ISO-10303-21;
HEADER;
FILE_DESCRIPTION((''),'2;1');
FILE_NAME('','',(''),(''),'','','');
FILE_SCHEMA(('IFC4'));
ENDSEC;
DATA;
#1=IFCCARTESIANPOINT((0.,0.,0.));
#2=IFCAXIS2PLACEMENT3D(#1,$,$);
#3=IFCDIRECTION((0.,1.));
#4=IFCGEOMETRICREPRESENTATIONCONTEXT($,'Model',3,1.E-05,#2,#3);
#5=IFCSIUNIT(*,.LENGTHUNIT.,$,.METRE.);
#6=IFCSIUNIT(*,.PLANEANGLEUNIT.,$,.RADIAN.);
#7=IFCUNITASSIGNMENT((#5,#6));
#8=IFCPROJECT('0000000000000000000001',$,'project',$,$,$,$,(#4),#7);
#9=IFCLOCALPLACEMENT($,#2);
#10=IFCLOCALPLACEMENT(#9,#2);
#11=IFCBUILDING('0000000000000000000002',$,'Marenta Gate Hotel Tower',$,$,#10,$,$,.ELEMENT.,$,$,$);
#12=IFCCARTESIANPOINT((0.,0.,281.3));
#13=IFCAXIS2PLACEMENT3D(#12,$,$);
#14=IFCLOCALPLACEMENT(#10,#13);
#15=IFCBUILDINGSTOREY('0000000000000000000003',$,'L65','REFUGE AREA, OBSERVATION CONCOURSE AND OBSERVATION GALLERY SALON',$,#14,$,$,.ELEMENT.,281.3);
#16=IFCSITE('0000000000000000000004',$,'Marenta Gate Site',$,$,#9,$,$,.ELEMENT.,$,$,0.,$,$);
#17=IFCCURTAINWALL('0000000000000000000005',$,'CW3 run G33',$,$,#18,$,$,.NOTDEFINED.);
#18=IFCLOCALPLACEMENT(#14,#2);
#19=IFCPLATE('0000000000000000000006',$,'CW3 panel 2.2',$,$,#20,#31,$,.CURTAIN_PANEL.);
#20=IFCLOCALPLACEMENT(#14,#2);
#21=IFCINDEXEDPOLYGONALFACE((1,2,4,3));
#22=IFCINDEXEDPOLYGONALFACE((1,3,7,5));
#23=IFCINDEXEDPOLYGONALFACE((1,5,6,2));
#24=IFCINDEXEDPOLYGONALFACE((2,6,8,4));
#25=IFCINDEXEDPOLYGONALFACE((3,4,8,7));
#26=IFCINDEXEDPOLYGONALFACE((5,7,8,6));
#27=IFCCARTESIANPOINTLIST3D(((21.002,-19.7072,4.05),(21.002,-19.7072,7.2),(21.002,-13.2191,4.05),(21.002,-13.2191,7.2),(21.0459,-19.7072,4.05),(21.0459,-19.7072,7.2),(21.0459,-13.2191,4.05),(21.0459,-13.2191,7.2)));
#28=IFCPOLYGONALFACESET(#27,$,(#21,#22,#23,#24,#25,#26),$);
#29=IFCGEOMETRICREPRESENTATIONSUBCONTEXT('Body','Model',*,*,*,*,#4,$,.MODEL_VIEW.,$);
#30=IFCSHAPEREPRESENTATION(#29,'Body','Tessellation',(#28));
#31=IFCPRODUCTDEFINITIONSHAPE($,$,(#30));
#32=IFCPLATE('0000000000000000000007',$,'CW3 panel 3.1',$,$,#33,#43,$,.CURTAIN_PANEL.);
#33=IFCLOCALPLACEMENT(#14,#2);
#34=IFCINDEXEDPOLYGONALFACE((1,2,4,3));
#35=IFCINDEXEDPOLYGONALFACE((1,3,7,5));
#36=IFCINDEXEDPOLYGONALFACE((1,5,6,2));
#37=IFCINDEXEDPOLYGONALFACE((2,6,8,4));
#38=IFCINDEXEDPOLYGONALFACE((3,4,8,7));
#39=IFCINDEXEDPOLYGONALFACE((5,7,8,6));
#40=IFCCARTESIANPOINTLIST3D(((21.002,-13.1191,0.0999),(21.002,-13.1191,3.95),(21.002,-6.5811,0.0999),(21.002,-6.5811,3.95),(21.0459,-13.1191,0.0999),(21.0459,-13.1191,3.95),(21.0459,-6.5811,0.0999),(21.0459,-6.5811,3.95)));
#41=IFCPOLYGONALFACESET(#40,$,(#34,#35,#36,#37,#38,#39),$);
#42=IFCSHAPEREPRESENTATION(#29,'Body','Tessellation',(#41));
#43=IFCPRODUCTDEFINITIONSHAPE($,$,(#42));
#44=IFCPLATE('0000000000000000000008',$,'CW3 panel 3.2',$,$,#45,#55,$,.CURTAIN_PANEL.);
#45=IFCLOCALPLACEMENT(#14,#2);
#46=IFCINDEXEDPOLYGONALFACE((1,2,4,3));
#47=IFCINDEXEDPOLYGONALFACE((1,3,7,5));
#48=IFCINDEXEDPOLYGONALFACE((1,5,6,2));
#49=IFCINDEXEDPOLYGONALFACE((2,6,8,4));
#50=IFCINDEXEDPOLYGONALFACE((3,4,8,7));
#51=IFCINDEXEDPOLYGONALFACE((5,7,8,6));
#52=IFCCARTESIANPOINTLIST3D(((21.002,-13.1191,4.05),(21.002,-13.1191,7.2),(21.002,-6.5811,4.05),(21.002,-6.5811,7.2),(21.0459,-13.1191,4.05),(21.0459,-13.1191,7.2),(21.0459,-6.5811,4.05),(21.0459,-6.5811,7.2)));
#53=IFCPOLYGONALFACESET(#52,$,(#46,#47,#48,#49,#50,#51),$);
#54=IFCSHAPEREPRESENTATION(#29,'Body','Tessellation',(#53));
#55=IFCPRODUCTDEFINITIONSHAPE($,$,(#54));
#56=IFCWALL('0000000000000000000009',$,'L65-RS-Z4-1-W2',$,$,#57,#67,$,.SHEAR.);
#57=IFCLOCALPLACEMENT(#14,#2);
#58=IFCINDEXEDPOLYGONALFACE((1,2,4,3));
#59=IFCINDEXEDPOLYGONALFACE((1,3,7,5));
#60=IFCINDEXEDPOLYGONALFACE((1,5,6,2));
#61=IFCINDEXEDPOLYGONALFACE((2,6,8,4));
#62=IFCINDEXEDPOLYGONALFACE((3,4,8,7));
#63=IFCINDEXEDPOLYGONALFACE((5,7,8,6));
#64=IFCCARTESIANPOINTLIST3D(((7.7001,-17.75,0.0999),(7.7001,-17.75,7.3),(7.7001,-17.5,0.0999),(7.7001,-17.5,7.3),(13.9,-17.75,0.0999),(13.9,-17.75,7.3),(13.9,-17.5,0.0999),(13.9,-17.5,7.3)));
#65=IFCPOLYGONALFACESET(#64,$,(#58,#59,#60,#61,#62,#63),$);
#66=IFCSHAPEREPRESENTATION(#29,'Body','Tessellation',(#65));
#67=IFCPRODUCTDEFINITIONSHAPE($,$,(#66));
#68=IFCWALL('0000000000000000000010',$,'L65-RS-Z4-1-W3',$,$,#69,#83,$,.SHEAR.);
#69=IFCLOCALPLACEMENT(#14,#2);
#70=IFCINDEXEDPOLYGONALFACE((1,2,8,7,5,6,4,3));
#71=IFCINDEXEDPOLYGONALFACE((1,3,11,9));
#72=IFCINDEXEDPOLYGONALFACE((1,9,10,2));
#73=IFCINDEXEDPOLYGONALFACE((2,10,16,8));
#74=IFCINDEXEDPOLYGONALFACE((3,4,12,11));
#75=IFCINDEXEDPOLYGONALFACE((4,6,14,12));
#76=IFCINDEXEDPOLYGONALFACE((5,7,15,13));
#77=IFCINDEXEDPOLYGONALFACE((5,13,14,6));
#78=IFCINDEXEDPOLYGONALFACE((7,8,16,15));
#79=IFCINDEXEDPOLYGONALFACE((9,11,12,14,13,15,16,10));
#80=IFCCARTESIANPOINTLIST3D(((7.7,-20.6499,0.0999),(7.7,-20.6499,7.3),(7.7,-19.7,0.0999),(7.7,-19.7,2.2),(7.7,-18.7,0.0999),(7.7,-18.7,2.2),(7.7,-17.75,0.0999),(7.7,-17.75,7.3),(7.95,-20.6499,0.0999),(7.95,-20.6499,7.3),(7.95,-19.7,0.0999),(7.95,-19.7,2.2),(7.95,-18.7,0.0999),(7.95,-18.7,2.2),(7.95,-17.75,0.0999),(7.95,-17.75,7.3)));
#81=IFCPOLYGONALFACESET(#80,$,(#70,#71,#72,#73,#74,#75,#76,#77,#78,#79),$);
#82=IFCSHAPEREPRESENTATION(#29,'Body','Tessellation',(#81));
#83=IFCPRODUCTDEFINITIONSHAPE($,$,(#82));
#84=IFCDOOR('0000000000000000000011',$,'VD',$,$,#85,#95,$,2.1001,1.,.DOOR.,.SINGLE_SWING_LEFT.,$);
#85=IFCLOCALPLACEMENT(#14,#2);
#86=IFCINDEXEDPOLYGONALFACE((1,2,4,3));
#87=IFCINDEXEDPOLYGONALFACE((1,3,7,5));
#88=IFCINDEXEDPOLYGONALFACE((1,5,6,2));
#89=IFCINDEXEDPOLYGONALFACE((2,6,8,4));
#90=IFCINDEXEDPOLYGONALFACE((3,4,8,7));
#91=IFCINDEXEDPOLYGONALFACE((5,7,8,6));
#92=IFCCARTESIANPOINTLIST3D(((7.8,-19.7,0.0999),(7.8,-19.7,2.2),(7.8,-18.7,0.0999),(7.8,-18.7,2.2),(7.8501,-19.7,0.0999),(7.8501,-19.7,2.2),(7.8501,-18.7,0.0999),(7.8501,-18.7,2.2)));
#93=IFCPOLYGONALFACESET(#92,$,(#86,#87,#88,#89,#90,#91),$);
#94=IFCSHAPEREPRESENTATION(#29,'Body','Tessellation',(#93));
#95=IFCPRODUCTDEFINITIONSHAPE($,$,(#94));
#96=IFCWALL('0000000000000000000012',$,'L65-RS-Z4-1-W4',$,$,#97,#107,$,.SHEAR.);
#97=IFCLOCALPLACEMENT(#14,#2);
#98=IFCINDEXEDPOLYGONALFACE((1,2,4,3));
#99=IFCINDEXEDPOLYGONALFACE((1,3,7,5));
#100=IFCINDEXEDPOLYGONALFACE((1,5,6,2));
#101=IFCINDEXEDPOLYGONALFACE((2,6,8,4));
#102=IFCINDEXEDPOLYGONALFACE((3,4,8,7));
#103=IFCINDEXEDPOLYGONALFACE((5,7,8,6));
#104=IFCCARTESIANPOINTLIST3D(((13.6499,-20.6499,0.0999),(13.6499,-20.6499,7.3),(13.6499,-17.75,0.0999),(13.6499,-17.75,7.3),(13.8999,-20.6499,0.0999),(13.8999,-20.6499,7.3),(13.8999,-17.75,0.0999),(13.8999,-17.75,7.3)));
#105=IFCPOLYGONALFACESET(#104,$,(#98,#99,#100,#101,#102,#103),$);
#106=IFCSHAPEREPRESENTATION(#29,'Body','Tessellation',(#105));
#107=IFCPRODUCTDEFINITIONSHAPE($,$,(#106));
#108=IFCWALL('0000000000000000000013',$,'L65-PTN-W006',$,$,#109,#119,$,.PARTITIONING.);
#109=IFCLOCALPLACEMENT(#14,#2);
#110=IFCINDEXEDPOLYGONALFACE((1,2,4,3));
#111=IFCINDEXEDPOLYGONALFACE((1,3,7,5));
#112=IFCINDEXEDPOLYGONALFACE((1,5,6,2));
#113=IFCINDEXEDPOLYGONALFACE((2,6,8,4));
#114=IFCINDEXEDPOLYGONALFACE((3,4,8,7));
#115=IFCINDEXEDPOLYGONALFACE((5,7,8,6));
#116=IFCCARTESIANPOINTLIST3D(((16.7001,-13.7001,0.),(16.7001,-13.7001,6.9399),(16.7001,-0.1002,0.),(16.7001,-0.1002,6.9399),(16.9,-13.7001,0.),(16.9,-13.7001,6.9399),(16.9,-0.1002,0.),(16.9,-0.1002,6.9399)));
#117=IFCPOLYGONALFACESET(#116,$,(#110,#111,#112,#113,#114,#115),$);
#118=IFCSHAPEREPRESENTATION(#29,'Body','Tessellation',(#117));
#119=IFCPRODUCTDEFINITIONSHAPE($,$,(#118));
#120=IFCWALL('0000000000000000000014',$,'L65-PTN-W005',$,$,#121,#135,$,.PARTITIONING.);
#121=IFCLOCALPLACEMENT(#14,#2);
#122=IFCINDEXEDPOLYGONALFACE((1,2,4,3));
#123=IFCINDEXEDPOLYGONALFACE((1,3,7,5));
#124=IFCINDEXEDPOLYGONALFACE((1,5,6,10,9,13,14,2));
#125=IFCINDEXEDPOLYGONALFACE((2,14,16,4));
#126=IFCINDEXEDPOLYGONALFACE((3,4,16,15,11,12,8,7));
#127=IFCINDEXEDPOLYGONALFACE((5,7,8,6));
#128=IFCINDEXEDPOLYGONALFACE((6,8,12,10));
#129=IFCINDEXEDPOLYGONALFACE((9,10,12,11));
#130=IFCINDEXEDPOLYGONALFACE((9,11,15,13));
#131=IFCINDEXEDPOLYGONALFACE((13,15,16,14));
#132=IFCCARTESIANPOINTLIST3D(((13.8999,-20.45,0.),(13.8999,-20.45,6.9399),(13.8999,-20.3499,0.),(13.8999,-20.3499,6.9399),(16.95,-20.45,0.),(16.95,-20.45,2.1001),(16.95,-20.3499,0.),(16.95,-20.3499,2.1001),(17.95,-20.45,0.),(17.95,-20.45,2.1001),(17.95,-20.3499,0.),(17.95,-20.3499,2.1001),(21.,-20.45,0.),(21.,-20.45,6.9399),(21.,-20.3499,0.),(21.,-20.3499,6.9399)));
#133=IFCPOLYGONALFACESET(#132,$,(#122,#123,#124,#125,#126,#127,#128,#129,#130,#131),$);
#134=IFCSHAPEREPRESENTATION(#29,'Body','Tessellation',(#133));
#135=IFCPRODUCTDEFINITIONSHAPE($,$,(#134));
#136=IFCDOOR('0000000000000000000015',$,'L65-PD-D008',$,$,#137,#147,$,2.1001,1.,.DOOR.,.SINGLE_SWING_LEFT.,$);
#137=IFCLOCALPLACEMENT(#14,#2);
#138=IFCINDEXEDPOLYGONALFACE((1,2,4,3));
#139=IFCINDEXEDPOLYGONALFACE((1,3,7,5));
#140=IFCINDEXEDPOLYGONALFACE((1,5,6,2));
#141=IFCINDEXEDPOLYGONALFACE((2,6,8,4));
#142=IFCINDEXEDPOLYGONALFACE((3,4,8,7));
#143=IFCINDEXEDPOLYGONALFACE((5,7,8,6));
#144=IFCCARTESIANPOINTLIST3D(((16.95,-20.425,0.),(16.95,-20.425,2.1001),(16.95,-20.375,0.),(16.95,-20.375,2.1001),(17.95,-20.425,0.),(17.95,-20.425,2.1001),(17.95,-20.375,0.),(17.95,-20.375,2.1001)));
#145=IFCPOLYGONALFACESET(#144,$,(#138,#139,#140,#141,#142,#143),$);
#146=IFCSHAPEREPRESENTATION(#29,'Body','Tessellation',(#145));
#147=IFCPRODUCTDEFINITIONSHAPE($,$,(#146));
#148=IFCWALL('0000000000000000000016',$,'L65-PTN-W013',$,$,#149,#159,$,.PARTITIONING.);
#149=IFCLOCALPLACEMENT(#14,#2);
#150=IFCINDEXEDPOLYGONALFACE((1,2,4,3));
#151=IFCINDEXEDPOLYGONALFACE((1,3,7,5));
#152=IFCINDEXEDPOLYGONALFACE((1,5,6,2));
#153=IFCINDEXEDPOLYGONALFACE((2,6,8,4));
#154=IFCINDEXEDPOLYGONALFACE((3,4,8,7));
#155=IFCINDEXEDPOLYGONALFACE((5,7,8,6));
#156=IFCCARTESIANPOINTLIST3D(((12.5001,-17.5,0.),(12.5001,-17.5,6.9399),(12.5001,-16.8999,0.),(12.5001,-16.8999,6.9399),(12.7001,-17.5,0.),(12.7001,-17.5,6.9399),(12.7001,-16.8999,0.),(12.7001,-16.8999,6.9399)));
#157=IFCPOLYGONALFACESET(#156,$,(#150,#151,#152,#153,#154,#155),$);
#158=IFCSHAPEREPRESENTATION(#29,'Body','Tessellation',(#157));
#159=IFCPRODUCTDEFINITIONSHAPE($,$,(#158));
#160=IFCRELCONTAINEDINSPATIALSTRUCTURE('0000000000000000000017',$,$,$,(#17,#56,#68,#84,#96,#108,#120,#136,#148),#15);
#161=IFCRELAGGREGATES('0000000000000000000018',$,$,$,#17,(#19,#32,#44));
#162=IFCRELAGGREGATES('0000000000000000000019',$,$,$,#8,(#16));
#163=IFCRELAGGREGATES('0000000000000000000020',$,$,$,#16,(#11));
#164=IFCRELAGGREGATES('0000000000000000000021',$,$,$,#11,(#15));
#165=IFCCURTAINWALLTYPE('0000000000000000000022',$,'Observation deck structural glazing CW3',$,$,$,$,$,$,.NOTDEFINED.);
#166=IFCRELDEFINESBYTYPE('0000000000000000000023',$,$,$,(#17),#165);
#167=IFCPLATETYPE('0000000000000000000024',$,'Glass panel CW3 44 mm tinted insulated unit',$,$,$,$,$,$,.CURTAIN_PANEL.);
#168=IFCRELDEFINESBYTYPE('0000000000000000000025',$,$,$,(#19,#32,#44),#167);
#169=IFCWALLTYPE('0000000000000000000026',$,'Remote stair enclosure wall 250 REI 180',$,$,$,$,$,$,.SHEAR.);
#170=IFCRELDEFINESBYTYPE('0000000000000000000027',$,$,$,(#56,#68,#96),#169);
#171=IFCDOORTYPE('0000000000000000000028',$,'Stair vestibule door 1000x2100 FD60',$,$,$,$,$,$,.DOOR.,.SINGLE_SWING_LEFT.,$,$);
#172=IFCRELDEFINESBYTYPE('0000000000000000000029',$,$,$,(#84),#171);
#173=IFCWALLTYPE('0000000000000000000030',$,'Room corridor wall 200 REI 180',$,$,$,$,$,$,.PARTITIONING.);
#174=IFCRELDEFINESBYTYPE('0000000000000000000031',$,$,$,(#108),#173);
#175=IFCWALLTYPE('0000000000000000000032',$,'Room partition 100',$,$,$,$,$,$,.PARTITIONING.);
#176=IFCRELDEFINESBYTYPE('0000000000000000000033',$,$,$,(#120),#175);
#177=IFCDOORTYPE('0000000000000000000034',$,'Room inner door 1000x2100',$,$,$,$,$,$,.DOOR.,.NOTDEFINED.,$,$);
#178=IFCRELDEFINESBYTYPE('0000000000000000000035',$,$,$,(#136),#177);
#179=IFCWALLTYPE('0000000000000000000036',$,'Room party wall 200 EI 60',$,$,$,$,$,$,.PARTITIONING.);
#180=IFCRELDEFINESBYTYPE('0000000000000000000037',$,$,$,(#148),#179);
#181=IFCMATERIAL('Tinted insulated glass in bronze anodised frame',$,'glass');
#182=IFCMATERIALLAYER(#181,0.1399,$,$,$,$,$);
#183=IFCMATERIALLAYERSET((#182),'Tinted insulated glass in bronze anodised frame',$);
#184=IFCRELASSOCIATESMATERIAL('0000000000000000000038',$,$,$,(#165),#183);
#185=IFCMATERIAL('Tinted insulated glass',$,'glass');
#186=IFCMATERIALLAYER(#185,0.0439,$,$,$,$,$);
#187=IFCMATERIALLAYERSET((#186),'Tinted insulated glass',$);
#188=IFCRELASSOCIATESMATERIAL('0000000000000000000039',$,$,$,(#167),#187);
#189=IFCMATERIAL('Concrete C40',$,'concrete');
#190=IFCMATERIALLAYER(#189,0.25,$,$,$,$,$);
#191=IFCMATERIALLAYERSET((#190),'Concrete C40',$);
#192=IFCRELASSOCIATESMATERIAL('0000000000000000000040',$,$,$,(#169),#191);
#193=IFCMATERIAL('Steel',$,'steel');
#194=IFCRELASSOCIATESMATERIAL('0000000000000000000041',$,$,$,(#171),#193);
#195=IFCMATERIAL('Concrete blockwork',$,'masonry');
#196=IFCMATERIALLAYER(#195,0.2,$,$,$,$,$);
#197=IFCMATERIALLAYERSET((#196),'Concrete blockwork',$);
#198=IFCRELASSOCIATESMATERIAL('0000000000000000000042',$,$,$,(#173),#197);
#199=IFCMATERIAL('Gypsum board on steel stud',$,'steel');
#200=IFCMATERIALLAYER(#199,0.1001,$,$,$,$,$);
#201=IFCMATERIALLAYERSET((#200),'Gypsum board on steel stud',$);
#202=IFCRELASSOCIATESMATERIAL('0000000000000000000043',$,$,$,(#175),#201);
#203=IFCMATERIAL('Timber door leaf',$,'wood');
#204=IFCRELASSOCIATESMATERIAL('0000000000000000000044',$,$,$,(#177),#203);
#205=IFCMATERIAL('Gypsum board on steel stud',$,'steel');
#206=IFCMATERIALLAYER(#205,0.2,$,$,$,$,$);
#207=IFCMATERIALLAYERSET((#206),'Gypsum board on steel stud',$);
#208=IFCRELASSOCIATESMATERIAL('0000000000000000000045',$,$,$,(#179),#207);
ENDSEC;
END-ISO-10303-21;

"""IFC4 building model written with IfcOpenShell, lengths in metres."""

from ifc_helpers import new_model, si_unit, direction, frame, frame_2d, origin, origin_2d, place, context, subcontext, project, spatial, rectangle, extrude, material, layer, layer_set, type_object, element, fill, aggregate, save


model = new_model("IFC4")

# Units and contexts
model_context = context("Model", 3, precision=1e-05, world=origin(), true_north=direction((0.0, 1.0)))
body_context = subcontext(model_context, "Body", "Model", "MODEL_VIEW")
ifc_project = project(units=[si_unit("LENGTHUNIT", "METRE"), si_unit("PLANEANGLEUNIT", "RADIAN")], contexts=[model_context])

# Site, building, storey
site_placement = place(None, origin())
site = spatial("IfcSite", under=ifc_project, at=site_placement, Name="Marenta Gate Site", CompositionType="ELEMENT", RefElevation=0.0)
building_placement = place(site_placement, origin())
building = spatial("IfcBuilding", under=site, at=building_placement, Name="Marenta Gate Hotel Tower", CompositionType="ELEMENT")
storey_placement = place(building_placement, frame((0.0, 0.0, 281.3)))
storey = spatial("IfcBuildingStorey", under=building, at=storey_placement, Name="L65", Description="REFUGE AREA, OBSERVATION CONCOURSE AND OBSERVATION GALLERY SALON", CompositionType="ELEMENT", Elevation=281.3)

# Curtain wall, plates
ifc_material_1 = material(Name="Tinted insulated glass in bronze anodised frame", Category="glass")
ifc_layer_1 = layer(ifc_material_1, 0.1399)
ifc_layer_set_1 = layer_set([ifc_layer_1], Name="Tinted insulated glass in bronze anodised frame")
curtain_wall_type = type_object("IfcCurtainWallType", Name="Observation deck structural glazing CW3", PredefinedType="NOTDEFINED", material=ifc_layer_set_1)
curtain_wall_placement = place(storey_placement, origin())
curtain_wall = element("IfcCurtainWall", 1, at=curtain_wall_placement, inside=storey, type_object=curtain_wall_type, Name="CW3 run G33", PredefinedType="NOTDEFINED")
ifc_material_2 = material(Name="Tinted insulated glass", Category="glass")
ifc_layer_2 = layer(ifc_material_2, 0.0439)
ifc_layer_set_2 = layer_set([ifc_layer_2], Name="Tinted insulated glass")
plate_type = type_object("IfcPlateType", Name="Glass panel CW3 44 mm tinted insulated unit", PredefinedType="CURTAIN_PANEL", material=ifc_layer_set_2)
plate_1_placement = place(storey_placement, frame((21.0239, -16.4631, 4.05), z_axis=(0.0, 0.0, 1.0), x_axis=(0.0, 1.0, 0.0)))
plate_1 = element("IfcPlate", 2, at=plate_1_placement, type_object=plate_type, Name="CW3 panel 2.2", PredefinedType="CURTAIN_PANEL", context=body_context, shape_type="SweptSolid", body=[
    extrude(rectangle(XDim=6.488, YDim=0.0439, at=origin_2d()), origin(), (0.0, 0.0, 1.0), 3.1499),
])
plate_2_placement = place(storey_placement, frame((21.0239, -9.8501, 0.0999), z_axis=(0.0, 0.0, 1.0), x_axis=(0.0, 1.0, 0.0)))
plate_2 = element("IfcPlate", 3, at=plate_2_placement, type_object=plate_type, Name="CW3 panel 3.1", PredefinedType="CURTAIN_PANEL", context=body_context, shape_type="SweptSolid", body=[
    extrude(rectangle(XDim=6.5381, YDim=0.0439, at=origin_2d()), origin(), (0.0, 0.0, 1.0), 3.8501),
])
plate_3_placement = place(storey_placement, frame((21.0239, -9.8501, 4.05), z_axis=(0.0, 0.0, 1.0), x_axis=(0.0, 1.0, 0.0)))
plate_3 = element("IfcPlate", 4, at=plate_3_placement, type_object=plate_type, Name="CW3 panel 3.2", PredefinedType="CURTAIN_PANEL", context=body_context, shape_type="SweptSolid", body=[
    extrude(rectangle(XDim=6.5381, YDim=0.0439, at=origin_2d()), origin(), (0.0, 0.0, 1.0), 3.1499),
])
aggregate(curtain_wall, [plate_1, plate_2, plate_3])

# Wall
ifc_material_3 = material(Name="Concrete C40", Category="concrete")
ifc_layer_3 = layer(ifc_material_3, 0.25)
ifc_layer_set_3 = layer_set([ifc_layer_3], Name="Concrete C40")
wall_type_1 = type_object("IfcWallType", Name="Remote stair enclosure wall 250 REI 180", PredefinedType="SHEAR", material=ifc_layer_set_3)
wall_1_placement = place(storey_placement, frame((7.7, -17.625, 0.0999), z_axis=(0.0, 0.0, 1.0), x_axis=(1.0, 0.0, 0.0)))
element("IfcWall", 5, at=wall_1_placement, inside=storey, type_object=wall_type_1, Name="L65-RS-Z4-1-W2", PredefinedType="SHEAR", context=body_context, shape_type="SweptSolid", body=[
    extrude(rectangle(XDim=6.2, YDim=0.25, at=frame_2d((3.1001, 0.0))), origin(), (0.0, 0.0, 1.0), 7.2002),
])

# Wall, opening, door
wall_2_placement = place(storey_placement, frame((7.825, -20.6499, 0.0999), z_axis=(0.0, 0.0, 1.0), x_axis=(0.0, 1.0, 0.0)))
wall_2 = element("IfcWall", 6, at=wall_2_placement, inside=storey, type_object=wall_type_1, Name="L65-RS-Z4-1-W3", PredefinedType="SHEAR", context=body_context, shape_type="SweptSolid", body=[
    extrude(rectangle(XDim=2.8999, YDim=0.25, at=frame_2d((1.45, 0.0))), origin(), (0.0, 0.0, 1.0), 7.2002),
])
opening_1_placement = place(wall_2_placement, frame((0.95, 0.0, 0.0)))
opening_1 = element("IfcOpeningElement", 7, at=opening_1_placement, cuts=wall_2, PredefinedType="OPENING", context=body_context, shape_type="SweptSolid", body=[
    extrude(rectangle(XDim=1.0, YDim=2.1001, at=frame_2d((0.5, 1.05))), frame((0.0, 0.125, 0.0), z_axis=(0.0, -1.0, 0.0), x_axis=(1.0, 0.0, 0.0)), (0.0, 0.0, 1.0), 0.25),
])
ifc_material_4 = material(Name="Steel", Category="steel")
door_type_1 = type_object("IfcDoorType", Name="Stair vestibule door 1000x2100 FD60", OperationType="SINGLE_SWING_LEFT", PredefinedType="DOOR", material=ifc_material_4)
door_1_placement = place(opening_1_placement, origin())
door_1 = element("IfcDoor", 8, at=door_1_placement, inside=storey, type_object=door_type_1, Name="VD", OperationType="SINGLE_SWING_LEFT", OverallHeight=2.1001, OverallWidth=1.0, PredefinedType="DOOR", context=body_context, shape_type="SweptSolid", body=[
    extrude(rectangle(XDim=1.0, YDim=2.1001, at=frame_2d((0.5, 1.05))), frame((0.0, 0.0249, 0.0), z_axis=(0.0, -1.0, 0.0), x_axis=(1.0, 0.0, 0.0)), (0.0, 0.0, 1.0), 0.05),
])
fill(opening_1, door_1)

# Walls
wall_3_placement = place(storey_placement, frame((13.7749, -20.6499, 0.0999), z_axis=(0.0, 0.0, 1.0), x_axis=(0.0, 1.0, 0.0)))
element("IfcWall", 9, at=wall_3_placement, inside=storey, type_object=wall_type_1, Name="L65-RS-Z4-1-W4", PredefinedType="SHEAR", context=body_context, shape_type="SweptSolid", body=[
    extrude(rectangle(XDim=2.8999, YDim=0.25, at=frame_2d((1.45, 0.0))), origin(), (0.0, 0.0, 1.0), 7.2002),
])
ifc_material_5 = material(Name="Concrete blockwork", Category="masonry")
ifc_layer_4 = layer(ifc_material_5, 0.2)
ifc_layer_set_4 = layer_set([ifc_layer_4], Name="Concrete blockwork")
wall_type_2 = type_object("IfcWallType", Name="Room corridor wall 200 REI 180", PredefinedType="PARTITIONING", material=ifc_layer_set_4)
wall_4_placement = place(storey_placement, frame((16.8, -13.7, 0.0), z_axis=(0.0, 0.0, 1.0), x_axis=(0.0, 1.0, 0.0)))
element("IfcWall", 10, at=wall_4_placement, inside=storey, type_object=wall_type_2, Name="L65-PTN-W006", PredefinedType="PARTITIONING", context=body_context, shape_type="SweptSolid", body=[
    extrude(rectangle(XDim=13.5999, YDim=0.2, at=frame_2d((6.7998, 0.0))), origin(), (0.0, 0.0, 1.0), 6.9399),
])

# Wall, opening, door
ifc_material_6 = material(Name="Gypsum board on steel stud", Category="steel")
ifc_layer_5 = layer(ifc_material_6, 0.1001)
ifc_layer_set_5 = layer_set([ifc_layer_5], Name="Gypsum board on steel stud")
wall_type_3 = type_object("IfcWallType", Name="Room partition 100", PredefinedType="PARTITIONING", material=ifc_layer_set_5)
wall_5_placement = place(storey_placement, frame((13.8999, -20.3999, 0.0), z_axis=(0.0, 0.0, 1.0), x_axis=(1.0, 0.0, 0.0)))
wall_5 = element("IfcWall", 11, at=wall_5_placement, inside=storey, type_object=wall_type_3, Name="L65-PTN-W005", PredefinedType="PARTITIONING", context=body_context, shape_type="SweptSolid", body=[
    extrude(rectangle(XDim=7.1001, YDim=0.1001, at=frame_2d((3.55, 0.0))), origin(), (0.0, 0.0, 1.0), 6.9399),
])
opening_2_placement = place(wall_5_placement, frame((3.05, 0.0, 0.0)))
opening_2 = element("IfcOpeningElement", 12, at=opening_2_placement, cuts=wall_5, PredefinedType="OPENING", context=body_context, shape_type="SweptSolid", body=[
    extrude(rectangle(XDim=1.0, YDim=2.1001, at=frame_2d((0.5, 1.05))), frame((0.0, 0.05, 0.0), z_axis=(0.0, -1.0, 0.0), x_axis=(1.0, 0.0, 0.0)), (0.0, 0.0, 1.0), 0.1001),
])
ifc_material_7 = material(Name="Timber door leaf", Category="wood")
door_type_2 = type_object("IfcDoorType", Name="Room inner door 1000x2100", OperationType="NOTDEFINED", PredefinedType="DOOR", material=ifc_material_7)
door_2_placement = place(opening_2_placement, origin())
door_2 = element("IfcDoor", 13, at=door_2_placement, inside=storey, type_object=door_type_2, Name="L65-PD-D008", OperationType="SINGLE_SWING_LEFT", OverallHeight=2.1001, OverallWidth=1.0, PredefinedType="DOOR", context=body_context, shape_type="SweptSolid", body=[
    extrude(rectangle(XDim=1.0, YDim=2.1001, at=frame_2d((0.5, 1.05))), frame((0.0, 0.0249, 0.0), z_axis=(0.0, -1.0, 0.0), x_axis=(1.0, 0.0, 0.0)), (0.0, 0.0, 1.0), 0.05),
])
fill(opening_2, door_2)

# Wall
ifc_material_8 = material(Name="Gypsum board on steel stud", Category="steel")
ifc_layer_6 = layer(ifc_material_8, 0.2)
ifc_layer_set_6 = layer_set([ifc_layer_6], Name="Gypsum board on steel stud")
wall_type_4 = type_object("IfcWallType", Name="Room party wall 200 EI 60", PredefinedType="PARTITIONING", material=ifc_layer_set_6)
wall_6_placement = place(storey_placement, frame((12.6001, -17.5, 0.0), z_axis=(0.0, 0.0, 1.0), x_axis=(0.0, 1.0, 0.0)))
element("IfcWall", 14, at=wall_6_placement, inside=storey, type_object=wall_type_4, Name="L65-PTN-W013", PredefinedType="PARTITIONING", context=body_context, shape_type="SweptSolid", body=[
    extrude(rectangle(XDim=0.6001, YDim=0.2, at=frame_2d((0.3, 0.0))), origin(), (0.0, 0.0, 1.0), 6.9399),
])

save(model, "model.ifc")
